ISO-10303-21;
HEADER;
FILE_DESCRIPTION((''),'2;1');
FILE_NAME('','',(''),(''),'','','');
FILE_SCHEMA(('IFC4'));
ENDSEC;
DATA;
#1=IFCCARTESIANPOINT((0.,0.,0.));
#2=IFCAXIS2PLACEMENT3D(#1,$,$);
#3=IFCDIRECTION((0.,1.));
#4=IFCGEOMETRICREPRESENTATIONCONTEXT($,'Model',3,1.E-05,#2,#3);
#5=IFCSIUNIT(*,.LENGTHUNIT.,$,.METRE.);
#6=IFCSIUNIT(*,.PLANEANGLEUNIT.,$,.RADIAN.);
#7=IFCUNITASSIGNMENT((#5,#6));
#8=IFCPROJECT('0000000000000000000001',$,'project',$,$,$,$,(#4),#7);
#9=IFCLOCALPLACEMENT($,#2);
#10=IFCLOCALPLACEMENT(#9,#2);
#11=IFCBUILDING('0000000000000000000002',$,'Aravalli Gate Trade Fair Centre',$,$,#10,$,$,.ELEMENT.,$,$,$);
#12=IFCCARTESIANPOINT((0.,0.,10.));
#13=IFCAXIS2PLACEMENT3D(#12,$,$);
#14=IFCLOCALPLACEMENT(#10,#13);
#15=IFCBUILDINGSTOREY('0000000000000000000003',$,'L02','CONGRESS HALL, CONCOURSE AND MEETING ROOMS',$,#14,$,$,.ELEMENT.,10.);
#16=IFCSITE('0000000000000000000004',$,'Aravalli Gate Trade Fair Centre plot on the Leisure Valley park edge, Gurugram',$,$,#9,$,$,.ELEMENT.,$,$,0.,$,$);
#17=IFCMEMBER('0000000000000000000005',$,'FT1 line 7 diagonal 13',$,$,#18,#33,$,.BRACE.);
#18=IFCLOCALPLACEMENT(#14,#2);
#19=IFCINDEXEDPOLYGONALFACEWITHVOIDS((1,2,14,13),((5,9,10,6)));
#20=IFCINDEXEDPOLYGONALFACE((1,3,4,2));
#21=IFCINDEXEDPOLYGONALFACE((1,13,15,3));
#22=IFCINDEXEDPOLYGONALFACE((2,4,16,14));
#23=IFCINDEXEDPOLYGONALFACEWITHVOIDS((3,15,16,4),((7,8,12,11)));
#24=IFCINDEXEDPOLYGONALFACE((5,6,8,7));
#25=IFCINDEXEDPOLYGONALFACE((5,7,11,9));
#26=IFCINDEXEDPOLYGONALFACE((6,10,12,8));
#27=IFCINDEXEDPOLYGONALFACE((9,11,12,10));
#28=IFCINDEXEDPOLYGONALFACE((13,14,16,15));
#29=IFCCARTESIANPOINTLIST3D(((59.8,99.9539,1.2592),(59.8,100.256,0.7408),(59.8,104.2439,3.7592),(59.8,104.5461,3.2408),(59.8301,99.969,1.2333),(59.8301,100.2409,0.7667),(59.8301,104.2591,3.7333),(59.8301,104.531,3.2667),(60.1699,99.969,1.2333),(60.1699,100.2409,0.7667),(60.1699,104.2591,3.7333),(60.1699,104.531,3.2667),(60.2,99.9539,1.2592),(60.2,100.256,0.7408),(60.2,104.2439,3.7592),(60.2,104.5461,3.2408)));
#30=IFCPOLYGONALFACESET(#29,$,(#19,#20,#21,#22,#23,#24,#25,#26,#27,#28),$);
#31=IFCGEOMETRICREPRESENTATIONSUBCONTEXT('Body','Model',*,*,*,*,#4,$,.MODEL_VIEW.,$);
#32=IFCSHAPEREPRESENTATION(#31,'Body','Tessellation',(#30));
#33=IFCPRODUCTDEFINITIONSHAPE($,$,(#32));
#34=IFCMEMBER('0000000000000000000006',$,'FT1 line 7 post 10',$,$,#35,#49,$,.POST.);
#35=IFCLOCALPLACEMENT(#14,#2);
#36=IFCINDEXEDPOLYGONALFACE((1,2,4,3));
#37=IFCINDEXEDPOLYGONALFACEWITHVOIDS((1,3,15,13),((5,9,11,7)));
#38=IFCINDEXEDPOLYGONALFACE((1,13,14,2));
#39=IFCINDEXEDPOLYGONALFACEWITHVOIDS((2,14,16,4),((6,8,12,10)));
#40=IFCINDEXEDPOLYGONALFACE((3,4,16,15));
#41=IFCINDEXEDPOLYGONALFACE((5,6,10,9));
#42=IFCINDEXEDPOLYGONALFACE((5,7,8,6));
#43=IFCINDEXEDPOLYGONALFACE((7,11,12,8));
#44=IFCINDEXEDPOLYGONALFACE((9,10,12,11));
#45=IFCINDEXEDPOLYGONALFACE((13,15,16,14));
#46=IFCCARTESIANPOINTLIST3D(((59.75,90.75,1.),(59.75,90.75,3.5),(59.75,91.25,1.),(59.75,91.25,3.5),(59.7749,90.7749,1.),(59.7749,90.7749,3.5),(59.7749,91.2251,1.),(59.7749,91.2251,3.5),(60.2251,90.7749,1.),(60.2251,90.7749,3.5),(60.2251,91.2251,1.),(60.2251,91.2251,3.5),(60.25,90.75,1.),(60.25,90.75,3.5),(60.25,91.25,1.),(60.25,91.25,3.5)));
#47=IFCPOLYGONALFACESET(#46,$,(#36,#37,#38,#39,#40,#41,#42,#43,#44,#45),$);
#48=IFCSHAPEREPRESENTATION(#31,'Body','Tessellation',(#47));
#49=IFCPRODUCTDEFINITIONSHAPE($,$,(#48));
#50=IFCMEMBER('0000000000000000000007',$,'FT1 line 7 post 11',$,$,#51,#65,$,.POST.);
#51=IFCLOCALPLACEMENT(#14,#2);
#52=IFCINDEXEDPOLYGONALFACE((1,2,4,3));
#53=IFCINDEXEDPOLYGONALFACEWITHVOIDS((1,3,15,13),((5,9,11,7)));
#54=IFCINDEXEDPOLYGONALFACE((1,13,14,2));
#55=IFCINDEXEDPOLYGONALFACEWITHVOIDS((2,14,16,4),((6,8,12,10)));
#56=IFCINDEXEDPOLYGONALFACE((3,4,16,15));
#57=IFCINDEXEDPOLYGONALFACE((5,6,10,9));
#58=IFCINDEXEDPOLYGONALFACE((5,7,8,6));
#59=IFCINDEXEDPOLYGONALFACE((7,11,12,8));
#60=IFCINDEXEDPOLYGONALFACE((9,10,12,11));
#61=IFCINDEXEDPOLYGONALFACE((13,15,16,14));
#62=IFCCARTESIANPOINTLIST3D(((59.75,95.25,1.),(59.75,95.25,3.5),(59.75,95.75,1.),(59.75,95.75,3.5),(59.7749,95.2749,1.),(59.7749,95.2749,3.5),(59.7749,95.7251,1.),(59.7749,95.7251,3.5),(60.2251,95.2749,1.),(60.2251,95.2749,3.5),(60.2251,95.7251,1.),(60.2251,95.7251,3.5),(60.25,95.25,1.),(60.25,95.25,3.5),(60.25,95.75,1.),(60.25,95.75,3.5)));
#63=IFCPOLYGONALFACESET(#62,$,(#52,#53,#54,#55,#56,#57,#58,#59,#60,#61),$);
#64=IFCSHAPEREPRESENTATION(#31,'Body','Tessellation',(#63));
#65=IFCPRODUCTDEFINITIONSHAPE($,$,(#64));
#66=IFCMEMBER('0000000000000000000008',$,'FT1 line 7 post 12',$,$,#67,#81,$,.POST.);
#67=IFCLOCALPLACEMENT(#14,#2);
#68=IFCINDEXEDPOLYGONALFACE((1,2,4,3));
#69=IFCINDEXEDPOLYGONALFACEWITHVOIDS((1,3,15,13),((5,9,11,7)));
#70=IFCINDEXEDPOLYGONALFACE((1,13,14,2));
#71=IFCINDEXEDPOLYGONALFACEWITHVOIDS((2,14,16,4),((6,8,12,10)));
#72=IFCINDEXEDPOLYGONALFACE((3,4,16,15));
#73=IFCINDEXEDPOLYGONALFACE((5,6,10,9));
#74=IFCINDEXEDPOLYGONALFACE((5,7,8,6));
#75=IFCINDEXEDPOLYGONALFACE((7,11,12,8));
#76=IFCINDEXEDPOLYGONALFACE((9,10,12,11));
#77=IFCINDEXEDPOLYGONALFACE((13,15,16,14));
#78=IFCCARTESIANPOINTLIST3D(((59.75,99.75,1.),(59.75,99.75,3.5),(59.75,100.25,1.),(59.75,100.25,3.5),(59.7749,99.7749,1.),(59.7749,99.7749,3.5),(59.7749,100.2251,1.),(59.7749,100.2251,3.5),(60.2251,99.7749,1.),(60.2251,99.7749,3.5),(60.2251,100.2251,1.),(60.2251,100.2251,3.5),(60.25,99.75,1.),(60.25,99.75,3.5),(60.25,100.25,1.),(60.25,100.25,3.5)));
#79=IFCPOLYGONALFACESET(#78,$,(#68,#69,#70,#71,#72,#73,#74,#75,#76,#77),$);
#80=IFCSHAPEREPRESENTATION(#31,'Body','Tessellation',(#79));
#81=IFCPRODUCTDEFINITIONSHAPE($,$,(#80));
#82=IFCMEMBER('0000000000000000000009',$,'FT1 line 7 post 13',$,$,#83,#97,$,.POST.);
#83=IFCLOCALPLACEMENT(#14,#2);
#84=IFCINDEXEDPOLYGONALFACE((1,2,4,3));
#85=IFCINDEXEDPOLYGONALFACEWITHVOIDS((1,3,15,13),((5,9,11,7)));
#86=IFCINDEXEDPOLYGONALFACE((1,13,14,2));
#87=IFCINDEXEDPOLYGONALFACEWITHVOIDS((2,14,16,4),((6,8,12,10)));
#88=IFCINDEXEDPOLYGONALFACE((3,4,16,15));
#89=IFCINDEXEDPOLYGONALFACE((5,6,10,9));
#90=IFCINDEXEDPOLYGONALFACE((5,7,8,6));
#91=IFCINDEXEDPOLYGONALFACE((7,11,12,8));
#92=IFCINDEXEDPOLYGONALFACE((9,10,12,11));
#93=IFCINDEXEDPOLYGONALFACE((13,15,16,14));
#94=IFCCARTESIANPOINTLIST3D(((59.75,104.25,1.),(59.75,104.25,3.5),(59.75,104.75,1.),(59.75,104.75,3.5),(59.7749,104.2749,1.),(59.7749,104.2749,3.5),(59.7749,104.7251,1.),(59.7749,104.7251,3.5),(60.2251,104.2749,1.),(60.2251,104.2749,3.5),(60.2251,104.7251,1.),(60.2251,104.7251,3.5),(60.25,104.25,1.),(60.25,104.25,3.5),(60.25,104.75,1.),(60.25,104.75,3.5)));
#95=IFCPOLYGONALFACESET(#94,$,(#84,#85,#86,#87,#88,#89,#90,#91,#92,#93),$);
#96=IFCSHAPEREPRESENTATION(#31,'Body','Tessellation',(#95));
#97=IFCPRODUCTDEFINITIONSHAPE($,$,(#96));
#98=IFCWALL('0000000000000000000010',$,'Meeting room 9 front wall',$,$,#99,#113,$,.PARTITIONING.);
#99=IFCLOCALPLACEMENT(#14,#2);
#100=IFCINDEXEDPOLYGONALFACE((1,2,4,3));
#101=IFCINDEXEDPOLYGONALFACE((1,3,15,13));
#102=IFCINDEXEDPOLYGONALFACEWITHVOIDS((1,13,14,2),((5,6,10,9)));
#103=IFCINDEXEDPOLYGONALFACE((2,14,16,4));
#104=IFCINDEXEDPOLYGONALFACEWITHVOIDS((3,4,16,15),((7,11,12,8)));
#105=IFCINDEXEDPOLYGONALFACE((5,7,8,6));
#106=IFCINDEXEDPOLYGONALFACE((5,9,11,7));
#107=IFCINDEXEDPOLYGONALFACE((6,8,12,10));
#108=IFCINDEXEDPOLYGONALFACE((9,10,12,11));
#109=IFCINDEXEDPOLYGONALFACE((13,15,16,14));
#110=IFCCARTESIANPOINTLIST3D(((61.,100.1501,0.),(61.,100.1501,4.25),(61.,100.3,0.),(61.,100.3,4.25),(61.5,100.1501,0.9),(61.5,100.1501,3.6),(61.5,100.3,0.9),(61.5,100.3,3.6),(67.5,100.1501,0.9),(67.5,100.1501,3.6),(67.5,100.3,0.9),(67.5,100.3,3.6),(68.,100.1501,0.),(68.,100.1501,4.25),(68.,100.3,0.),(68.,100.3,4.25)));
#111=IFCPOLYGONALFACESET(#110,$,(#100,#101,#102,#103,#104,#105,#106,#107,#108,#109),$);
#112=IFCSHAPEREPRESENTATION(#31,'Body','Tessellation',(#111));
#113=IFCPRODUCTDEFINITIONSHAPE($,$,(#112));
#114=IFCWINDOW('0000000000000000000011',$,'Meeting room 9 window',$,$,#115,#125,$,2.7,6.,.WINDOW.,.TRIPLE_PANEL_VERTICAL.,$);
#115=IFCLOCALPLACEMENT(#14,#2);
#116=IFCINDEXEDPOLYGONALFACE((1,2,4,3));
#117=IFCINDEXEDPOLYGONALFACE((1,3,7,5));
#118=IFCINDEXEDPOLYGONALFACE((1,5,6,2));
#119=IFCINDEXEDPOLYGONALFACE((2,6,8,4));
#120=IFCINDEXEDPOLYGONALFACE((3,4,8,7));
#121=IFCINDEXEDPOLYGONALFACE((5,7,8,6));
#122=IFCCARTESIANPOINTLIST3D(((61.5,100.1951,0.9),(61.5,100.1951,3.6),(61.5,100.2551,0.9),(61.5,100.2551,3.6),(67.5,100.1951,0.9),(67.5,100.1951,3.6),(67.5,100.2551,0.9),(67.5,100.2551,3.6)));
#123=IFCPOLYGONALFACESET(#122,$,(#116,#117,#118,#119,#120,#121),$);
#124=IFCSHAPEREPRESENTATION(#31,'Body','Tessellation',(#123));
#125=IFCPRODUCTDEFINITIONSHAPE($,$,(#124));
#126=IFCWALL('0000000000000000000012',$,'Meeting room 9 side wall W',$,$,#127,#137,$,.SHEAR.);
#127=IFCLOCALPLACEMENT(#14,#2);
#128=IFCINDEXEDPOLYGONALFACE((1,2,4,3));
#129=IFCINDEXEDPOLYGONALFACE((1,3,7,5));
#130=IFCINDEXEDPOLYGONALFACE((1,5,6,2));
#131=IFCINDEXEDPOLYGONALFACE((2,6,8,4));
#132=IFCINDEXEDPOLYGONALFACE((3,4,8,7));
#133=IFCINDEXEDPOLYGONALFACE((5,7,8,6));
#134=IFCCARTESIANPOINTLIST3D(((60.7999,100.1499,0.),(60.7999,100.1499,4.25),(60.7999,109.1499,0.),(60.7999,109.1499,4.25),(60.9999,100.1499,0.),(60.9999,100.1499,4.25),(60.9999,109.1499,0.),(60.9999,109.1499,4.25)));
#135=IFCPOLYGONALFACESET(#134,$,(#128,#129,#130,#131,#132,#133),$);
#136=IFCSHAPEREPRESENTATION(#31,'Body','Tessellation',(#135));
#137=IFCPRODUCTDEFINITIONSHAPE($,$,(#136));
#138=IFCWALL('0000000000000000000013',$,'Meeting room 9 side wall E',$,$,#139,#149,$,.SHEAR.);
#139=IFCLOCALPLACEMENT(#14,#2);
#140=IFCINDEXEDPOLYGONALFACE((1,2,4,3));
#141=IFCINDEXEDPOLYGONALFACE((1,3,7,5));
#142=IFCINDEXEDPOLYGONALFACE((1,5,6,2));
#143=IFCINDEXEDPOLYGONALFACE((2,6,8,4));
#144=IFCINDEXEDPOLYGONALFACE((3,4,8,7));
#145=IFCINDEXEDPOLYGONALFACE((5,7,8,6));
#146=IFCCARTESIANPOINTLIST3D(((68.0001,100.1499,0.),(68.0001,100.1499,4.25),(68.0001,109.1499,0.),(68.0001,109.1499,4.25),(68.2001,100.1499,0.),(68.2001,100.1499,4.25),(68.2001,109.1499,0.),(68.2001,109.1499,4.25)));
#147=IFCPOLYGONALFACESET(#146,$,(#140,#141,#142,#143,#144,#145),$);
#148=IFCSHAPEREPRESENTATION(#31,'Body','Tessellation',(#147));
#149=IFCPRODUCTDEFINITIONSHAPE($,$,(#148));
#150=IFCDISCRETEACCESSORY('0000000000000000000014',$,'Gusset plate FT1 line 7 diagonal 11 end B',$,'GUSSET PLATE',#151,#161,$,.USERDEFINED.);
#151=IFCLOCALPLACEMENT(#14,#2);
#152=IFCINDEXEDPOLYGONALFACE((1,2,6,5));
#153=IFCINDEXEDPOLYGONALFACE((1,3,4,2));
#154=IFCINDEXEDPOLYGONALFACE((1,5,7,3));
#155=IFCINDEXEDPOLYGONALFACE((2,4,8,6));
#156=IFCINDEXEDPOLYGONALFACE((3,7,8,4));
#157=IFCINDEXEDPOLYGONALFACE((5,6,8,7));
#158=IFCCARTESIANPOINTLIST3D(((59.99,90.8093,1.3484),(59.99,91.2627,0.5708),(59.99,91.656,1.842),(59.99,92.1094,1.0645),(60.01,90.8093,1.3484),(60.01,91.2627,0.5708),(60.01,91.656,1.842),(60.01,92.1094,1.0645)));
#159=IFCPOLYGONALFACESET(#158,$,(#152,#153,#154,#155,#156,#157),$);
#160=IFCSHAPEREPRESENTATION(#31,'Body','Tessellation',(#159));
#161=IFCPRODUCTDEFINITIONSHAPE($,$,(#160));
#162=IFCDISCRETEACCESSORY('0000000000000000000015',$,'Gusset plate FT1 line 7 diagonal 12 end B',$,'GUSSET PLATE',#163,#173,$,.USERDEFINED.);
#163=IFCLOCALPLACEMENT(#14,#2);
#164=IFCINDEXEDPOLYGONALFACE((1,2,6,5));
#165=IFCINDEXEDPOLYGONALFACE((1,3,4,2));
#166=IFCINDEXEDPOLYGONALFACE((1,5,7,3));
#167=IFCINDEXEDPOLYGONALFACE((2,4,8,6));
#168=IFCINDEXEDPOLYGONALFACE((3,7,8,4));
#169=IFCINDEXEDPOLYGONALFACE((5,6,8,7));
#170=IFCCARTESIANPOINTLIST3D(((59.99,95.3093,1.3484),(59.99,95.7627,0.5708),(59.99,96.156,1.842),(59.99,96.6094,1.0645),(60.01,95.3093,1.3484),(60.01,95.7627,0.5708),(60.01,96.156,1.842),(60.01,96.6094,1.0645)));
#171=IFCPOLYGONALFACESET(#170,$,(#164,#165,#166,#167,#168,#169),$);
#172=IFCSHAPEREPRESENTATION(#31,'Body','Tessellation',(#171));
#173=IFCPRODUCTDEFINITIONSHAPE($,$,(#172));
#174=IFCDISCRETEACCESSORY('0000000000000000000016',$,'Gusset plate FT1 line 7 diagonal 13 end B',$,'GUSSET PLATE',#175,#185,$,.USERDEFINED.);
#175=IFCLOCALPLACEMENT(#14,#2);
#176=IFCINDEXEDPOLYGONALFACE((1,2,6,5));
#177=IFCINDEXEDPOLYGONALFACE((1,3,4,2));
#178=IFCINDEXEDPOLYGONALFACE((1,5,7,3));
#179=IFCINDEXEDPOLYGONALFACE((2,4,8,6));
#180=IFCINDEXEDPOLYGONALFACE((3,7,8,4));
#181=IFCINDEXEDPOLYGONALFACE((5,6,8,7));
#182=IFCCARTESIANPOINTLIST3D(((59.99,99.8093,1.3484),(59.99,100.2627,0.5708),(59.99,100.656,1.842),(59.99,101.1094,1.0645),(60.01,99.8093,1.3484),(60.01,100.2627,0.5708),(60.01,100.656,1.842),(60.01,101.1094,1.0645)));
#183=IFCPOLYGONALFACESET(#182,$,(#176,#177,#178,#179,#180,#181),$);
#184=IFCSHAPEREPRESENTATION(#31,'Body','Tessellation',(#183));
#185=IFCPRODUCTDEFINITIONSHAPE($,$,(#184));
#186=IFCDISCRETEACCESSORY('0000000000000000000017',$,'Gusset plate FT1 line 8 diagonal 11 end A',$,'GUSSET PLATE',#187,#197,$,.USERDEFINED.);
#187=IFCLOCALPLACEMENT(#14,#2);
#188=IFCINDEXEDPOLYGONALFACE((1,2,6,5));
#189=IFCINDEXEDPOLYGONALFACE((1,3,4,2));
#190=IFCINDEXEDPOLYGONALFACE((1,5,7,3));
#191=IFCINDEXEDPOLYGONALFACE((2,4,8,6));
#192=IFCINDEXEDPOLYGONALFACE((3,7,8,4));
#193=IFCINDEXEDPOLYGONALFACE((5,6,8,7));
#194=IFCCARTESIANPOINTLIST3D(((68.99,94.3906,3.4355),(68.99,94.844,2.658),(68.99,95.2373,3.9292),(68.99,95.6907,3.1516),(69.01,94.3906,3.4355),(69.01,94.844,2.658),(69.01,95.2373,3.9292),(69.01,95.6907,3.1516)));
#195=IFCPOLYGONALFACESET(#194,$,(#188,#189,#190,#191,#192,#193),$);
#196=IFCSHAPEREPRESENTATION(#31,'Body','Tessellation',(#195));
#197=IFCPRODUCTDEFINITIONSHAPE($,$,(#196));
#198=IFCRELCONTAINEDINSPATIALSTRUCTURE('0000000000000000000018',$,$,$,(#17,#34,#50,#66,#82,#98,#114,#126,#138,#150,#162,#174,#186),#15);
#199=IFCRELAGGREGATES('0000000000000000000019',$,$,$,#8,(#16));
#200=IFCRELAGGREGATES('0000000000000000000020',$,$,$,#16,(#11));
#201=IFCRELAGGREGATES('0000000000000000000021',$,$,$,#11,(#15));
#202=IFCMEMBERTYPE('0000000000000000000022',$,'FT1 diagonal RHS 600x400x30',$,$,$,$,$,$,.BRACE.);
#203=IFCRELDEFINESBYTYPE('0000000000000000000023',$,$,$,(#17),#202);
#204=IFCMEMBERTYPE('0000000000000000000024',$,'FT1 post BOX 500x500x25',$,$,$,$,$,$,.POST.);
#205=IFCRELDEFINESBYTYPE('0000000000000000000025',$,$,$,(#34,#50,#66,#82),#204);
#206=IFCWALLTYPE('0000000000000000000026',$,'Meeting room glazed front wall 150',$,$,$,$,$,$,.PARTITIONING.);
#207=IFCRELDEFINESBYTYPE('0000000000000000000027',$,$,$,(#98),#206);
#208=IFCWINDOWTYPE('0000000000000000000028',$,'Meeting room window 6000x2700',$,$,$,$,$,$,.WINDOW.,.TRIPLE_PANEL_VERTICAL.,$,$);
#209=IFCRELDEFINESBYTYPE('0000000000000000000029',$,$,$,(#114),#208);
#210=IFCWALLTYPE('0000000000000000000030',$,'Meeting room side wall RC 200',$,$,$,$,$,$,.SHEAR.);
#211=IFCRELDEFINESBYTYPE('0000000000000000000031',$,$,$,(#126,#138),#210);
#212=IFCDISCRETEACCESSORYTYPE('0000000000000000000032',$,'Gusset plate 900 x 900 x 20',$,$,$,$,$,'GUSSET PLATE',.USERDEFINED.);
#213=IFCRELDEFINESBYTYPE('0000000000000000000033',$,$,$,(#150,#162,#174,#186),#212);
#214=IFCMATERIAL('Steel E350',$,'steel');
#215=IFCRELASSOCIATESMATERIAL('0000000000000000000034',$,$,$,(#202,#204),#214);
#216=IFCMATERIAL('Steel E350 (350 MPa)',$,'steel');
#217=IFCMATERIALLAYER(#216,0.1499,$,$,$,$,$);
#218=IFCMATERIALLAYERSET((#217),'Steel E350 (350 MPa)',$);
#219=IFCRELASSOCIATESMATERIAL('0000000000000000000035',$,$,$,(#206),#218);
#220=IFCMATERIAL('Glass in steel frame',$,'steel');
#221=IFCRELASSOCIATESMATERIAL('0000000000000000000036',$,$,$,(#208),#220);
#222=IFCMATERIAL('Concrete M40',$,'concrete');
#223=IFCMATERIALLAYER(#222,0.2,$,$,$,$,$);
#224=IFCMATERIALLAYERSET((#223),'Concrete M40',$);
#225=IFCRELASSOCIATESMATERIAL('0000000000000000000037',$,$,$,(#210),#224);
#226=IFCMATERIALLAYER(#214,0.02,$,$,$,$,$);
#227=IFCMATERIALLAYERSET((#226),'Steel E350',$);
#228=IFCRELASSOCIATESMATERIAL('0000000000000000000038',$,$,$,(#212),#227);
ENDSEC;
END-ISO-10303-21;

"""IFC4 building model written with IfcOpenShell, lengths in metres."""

from ifc_helpers import new_model, si_unit, direction, frame, frame_2d, origin, origin_2d, place, context, subcontext, project, spatial, polyline, rectangle, hollow_rectangle, outline, extrude, material, layer, layer_set, material_profile, profile_set, type_object, element, fill, save


model = new_model("IFC4")

# Units and contexts
model_context = context("Model", 3, precision=1e-05, world=origin(), true_north=direction((0.0, 1.0)))
body_context = subcontext(model_context, "Body", "Model", "MODEL_VIEW")
ifc_project = project(units=[si_unit("LENGTHUNIT", "METRE"), si_unit("PLANEANGLEUNIT", "RADIAN")], contexts=[model_context])

# Site, building, storey
site_placement = place(None, origin())
site = spatial("IfcSite", under=ifc_project, at=site_placement, Name="Aravalli Gate Trade Fair Centre plot on the Leisure Valley park edge, Gurugram", CompositionType="ELEMENT", RefElevation=0.0)
building_placement = place(site_placement, origin())
building = spatial("IfcBuilding", under=site, at=building_placement, Name="Aravalli Gate Trade Fair Centre", CompositionType="ELEMENT")
storey_placement = place(building_placement, frame((0.0, 0.0, 10.0)))
storey = spatial("IfcBuildingStorey", under=building, at=storey_placement, Name="L02", Description="CONGRESS HALL, CONCOURSE AND MEETING ROOMS", CompositionType="ELEMENT", Elevation=10.0)

# Members
ifc_material_1 = material(Name="Steel E350", Category="steel")
ifc_material_profile_1 = material_profile(ifc_material_1, hollow_rectangle(XDim=0.3999, YDim=0.6001, WallThickness=0.03, at=origin_2d()), Name="RHS 600x400x30")
ifc_profile_set_1 = profile_set([ifc_material_profile_1], Name="Steel E350")
member_type_1 = type_object("IfcMemberType", Name="FT1 diagonal RHS 600x400x30", PredefinedType="BRACE", material=ifc_profile_set_1)
for number, where, z_axis, x_axis, name in (
    (1, (60.0, 104.395, 3.5), (0.0, -0.864, -0.503492), (1.0, 0.0, 0.0), "FT1 line 7 diagonal 13"),
):
    element("IfcMember", number, at=place(storey_placement, frame(where, z_axis=z_axis, x_axis=x_axis)), inside=storey, type_object=member_type_1, Name=name, PredefinedType="BRACE", context=body_context, shape_type="SweptSolid", body=[
        extrude(hollow_rectangle(XDim=0.3999, YDim=0.6001, WallThickness=0.03, at=origin_2d()), origin(), (0.0, 0.0, 1.0), 4.9653),
    ])
ifc_material_profile_2 = material_profile(ifc_material_1, hollow_rectangle(XDim=0.5, YDim=0.5, WallThickness=0.0249, at=origin_2d()), Name="BOX 500x500x25")
ifc_profile_set_2 = profile_set([ifc_material_profile_2], Name="Steel E350")
member_type_2 = type_object("IfcMemberType", Name="FT1 post BOX 500x500x25", PredefinedType="POST", material=ifc_profile_set_2)
for number, where, z_axis, x_axis, name in (
    (2, (60.0, 91.0, 1.0), (0.0, 0.0, 1.0), (1.0, 0.0, 0.0), "FT1 line 7 post 10"),
    (3, (60.0, 95.5, 1.0), (0.0, 0.0, 1.0), (1.0, 0.0, 0.0), "FT1 line 7 post 11"),
    (4, (60.0, 100.0, 1.0), (0.0, 0.0, 1.0), (1.0, 0.0, 0.0), "FT1 line 7 post 12"),
    (5, (60.0, 104.5, 1.0), (0.0, 0.0, 1.0), (1.0, 0.0, 0.0), "FT1 line 7 post 13"),
):
    element("IfcMember", number, at=place(storey_placement, frame(where, z_axis=z_axis, x_axis=x_axis)), inside=storey, type_object=member_type_2, Name=name, PredefinedType="POST", context=body_context, shape_type="SweptSolid", body=[
        extrude(hollow_rectangle(XDim=0.5, YDim=0.5, WallThickness=0.0249, at=origin_2d()), origin(), (0.0, 0.0, 1.0), 2.5),
    ])

# Wall, opening, window
ifc_material_2 = material(Name="Steel E350 (350 MPa)", Category="steel")
ifc_layer_1 = layer(ifc_material_2, 0.1499)
ifc_layer_set_1 = layer_set([ifc_layer_1], Name="Steel E350 (350 MPa)")
wall_type_1 = type_object("IfcWallType", Name="Meeting room glazed front wall 150", PredefinedType="PARTITIONING", material=ifc_layer_set_1)
wall_placement = place(storey_placement, frame((61.0, 100.2251, 0.0), z_axis=(0.0, 0.0, 1.0), x_axis=(1.0, 0.0, 0.0)))
wall = element("IfcWall", 6, at=wall_placement, inside=storey, type_object=wall_type_1, Name="Meeting room 9 front wall", PredefinedType="PARTITIONING", context=body_context, shape_type="SweptSolid", body=[
    extrude(rectangle(XDim=7.0, YDim=0.1499, at=frame_2d((3.5, 0.0))), origin(), (0.0, 0.0, 1.0), 4.25),
])
opening_placement = place(wall_placement, frame((0.5, 0.0, 0.8999)))
opening = element("IfcOpeningElement", 7, at=opening_placement, cuts=wall, PredefinedType="OPENING", context=body_context, shape_type="SweptSolid", body=[
    extrude(rectangle(XDim=6.0, YDim=2.7, at=frame_2d((3.0, 1.3501))), frame((0.0, 0.085, 0.0), z_axis=(0.0, -1.0, 0.0), x_axis=(1.0, 0.0, 0.0)), (0.0, 0.0, 1.0), 0.1699),
])
ifc_material_3 = material(Name="Glass in steel frame", Category="steel")
window_type = type_object("IfcWindowType", Name="Meeting room window 6000x2700", PartitioningType="TRIPLE_PANEL_VERTICAL", PredefinedType="WINDOW", material=ifc_material_3)
window_placement = place(opening_placement, origin())
window = element("IfcWindow", 8, at=window_placement, inside=storey, type_object=window_type, Name="Meeting room 9 window", OverallHeight=2.7, OverallWidth=6.0, PartitioningType="TRIPLE_PANEL_VERTICAL", PredefinedType="WINDOW", context=body_context, shape_type="SweptSolid", body=[
    extrude(rectangle(XDim=6.0, YDim=2.7, at=frame_2d((3.0, 1.3501))), frame((0.0, 0.03, 0.0), z_axis=(0.0, -1.0, 0.0), x_axis=(1.0, 0.0, 0.0)), (0.0, 0.0, 1.0), 0.0601),
])
fill(opening, window)

# Walls
ifc_material_4 = material(Name="Concrete M40", Category="concrete")
ifc_layer_2 = layer(ifc_material_4, 0.2)
ifc_layer_set_2 = layer_set([ifc_layer_2], Name="Concrete M40")
wall_type_2 = type_object("IfcWallType", Name="Meeting room side wall RC 200", PredefinedType="SHEAR", material=ifc_layer_set_2)
for number, where, z_axis, x_axis, name in (
    (9, (60.8999, 100.1499, 0.0), (0.0, 0.0, 1.0), (0.0, 1.0, 0.0), "Meeting room 9 side wall W"),
    (10, (68.1001, 100.1499, 0.0), (0.0, 0.0, 1.0), (0.0, 1.0, 0.0), "Meeting room 9 side wall E"),
):
    element("IfcWall", number, at=place(storey_placement, frame(where, z_axis=z_axis, x_axis=x_axis)), inside=storey, type_object=wall_type_2, Name=name, PredefinedType="SHEAR", context=body_context, shape_type="SweptSolid", body=[
        extrude(rectangle(XDim=9.0, YDim=0.2, at=frame_2d((4.5, 0.0))), origin(), (0.0, 0.0, 1.0), 4.25),
    ])

# Discrete accessories
ifc_layer_3 = layer(ifc_material_1, 0.02)
ifc_layer_set_3 = layer_set([ifc_layer_3], Name="Steel E350")
discrete_accessory_type = type_object("IfcDiscreteAccessoryType", Name="Gusset plate 900 x 900 x 20", ElementType="GUSSET PLATE", PredefinedType="USERDEFINED", material=ifc_layer_set_3)
for number, where, z_axis, x_axis, name in (
    (11, (60.01, 91.656, 1.842), (1.0, 0.0, 0.0), (0.0, -0.863887, -0.503685), "Gusset plate FT1 line 7 diagonal 11 end B"),
    (12, (60.01, 96.156, 1.842), (1.0, 0.0, 0.0), (0.0, -0.863887, -0.503685), "Gusset plate FT1 line 7 diagonal 12 end B"),
    (13, (60.01, 100.656, 1.842), (1.0, 0.0, 0.0), (0.0, -0.863887, -0.503685), "Gusset plate FT1 line 7 diagonal 13 end B"),
):
    element("IfcDiscreteAccessory", number, at=place(storey_placement, frame(where, z_axis=z_axis, x_axis=x_axis)), inside=storey, type_object=discrete_accessory_type, Name=name, ObjectType="GUSSET PLATE", PredefinedType="USERDEFINED", context=body_context, shape_type="SweptSolid", body=[
        extrude(outline(polyline([(0.0, 0.0), (0.9801, 0.0), (0.9801, 0.9001), (0.0, 0.9001), (0.0, 0.0)])), origin(), (0.0, 0.0, -1.0), 0.02),
    ])
for number, where, z_axis, x_axis, name in (
    (14, (68.99, 94.3906, 3.4355), (-1.0, 0.0, 0.0), (0.0, 0.863887, 0.503685), "Gusset plate FT1 line 8 diagonal 11 end A"),
):
    element("IfcDiscreteAccessory", number, at=place(storey_placement, frame(where, z_axis=z_axis, x_axis=x_axis)), inside=storey, type_object=discrete_accessory_type, Name=name, ObjectType="GUSSET PLATE", PredefinedType="USERDEFINED", context=body_context, shape_type="SweptSolid", body=[
        extrude(outline(polyline([(0.0, 0.0), (0.9801, 0.0), (0.9801, 0.9001), (0.0, 0.9001), (0.0, 0.0)])), origin(), (0.0, 0.0, -1.0), 0.02),
    ])

save(model, "model.ifc")
